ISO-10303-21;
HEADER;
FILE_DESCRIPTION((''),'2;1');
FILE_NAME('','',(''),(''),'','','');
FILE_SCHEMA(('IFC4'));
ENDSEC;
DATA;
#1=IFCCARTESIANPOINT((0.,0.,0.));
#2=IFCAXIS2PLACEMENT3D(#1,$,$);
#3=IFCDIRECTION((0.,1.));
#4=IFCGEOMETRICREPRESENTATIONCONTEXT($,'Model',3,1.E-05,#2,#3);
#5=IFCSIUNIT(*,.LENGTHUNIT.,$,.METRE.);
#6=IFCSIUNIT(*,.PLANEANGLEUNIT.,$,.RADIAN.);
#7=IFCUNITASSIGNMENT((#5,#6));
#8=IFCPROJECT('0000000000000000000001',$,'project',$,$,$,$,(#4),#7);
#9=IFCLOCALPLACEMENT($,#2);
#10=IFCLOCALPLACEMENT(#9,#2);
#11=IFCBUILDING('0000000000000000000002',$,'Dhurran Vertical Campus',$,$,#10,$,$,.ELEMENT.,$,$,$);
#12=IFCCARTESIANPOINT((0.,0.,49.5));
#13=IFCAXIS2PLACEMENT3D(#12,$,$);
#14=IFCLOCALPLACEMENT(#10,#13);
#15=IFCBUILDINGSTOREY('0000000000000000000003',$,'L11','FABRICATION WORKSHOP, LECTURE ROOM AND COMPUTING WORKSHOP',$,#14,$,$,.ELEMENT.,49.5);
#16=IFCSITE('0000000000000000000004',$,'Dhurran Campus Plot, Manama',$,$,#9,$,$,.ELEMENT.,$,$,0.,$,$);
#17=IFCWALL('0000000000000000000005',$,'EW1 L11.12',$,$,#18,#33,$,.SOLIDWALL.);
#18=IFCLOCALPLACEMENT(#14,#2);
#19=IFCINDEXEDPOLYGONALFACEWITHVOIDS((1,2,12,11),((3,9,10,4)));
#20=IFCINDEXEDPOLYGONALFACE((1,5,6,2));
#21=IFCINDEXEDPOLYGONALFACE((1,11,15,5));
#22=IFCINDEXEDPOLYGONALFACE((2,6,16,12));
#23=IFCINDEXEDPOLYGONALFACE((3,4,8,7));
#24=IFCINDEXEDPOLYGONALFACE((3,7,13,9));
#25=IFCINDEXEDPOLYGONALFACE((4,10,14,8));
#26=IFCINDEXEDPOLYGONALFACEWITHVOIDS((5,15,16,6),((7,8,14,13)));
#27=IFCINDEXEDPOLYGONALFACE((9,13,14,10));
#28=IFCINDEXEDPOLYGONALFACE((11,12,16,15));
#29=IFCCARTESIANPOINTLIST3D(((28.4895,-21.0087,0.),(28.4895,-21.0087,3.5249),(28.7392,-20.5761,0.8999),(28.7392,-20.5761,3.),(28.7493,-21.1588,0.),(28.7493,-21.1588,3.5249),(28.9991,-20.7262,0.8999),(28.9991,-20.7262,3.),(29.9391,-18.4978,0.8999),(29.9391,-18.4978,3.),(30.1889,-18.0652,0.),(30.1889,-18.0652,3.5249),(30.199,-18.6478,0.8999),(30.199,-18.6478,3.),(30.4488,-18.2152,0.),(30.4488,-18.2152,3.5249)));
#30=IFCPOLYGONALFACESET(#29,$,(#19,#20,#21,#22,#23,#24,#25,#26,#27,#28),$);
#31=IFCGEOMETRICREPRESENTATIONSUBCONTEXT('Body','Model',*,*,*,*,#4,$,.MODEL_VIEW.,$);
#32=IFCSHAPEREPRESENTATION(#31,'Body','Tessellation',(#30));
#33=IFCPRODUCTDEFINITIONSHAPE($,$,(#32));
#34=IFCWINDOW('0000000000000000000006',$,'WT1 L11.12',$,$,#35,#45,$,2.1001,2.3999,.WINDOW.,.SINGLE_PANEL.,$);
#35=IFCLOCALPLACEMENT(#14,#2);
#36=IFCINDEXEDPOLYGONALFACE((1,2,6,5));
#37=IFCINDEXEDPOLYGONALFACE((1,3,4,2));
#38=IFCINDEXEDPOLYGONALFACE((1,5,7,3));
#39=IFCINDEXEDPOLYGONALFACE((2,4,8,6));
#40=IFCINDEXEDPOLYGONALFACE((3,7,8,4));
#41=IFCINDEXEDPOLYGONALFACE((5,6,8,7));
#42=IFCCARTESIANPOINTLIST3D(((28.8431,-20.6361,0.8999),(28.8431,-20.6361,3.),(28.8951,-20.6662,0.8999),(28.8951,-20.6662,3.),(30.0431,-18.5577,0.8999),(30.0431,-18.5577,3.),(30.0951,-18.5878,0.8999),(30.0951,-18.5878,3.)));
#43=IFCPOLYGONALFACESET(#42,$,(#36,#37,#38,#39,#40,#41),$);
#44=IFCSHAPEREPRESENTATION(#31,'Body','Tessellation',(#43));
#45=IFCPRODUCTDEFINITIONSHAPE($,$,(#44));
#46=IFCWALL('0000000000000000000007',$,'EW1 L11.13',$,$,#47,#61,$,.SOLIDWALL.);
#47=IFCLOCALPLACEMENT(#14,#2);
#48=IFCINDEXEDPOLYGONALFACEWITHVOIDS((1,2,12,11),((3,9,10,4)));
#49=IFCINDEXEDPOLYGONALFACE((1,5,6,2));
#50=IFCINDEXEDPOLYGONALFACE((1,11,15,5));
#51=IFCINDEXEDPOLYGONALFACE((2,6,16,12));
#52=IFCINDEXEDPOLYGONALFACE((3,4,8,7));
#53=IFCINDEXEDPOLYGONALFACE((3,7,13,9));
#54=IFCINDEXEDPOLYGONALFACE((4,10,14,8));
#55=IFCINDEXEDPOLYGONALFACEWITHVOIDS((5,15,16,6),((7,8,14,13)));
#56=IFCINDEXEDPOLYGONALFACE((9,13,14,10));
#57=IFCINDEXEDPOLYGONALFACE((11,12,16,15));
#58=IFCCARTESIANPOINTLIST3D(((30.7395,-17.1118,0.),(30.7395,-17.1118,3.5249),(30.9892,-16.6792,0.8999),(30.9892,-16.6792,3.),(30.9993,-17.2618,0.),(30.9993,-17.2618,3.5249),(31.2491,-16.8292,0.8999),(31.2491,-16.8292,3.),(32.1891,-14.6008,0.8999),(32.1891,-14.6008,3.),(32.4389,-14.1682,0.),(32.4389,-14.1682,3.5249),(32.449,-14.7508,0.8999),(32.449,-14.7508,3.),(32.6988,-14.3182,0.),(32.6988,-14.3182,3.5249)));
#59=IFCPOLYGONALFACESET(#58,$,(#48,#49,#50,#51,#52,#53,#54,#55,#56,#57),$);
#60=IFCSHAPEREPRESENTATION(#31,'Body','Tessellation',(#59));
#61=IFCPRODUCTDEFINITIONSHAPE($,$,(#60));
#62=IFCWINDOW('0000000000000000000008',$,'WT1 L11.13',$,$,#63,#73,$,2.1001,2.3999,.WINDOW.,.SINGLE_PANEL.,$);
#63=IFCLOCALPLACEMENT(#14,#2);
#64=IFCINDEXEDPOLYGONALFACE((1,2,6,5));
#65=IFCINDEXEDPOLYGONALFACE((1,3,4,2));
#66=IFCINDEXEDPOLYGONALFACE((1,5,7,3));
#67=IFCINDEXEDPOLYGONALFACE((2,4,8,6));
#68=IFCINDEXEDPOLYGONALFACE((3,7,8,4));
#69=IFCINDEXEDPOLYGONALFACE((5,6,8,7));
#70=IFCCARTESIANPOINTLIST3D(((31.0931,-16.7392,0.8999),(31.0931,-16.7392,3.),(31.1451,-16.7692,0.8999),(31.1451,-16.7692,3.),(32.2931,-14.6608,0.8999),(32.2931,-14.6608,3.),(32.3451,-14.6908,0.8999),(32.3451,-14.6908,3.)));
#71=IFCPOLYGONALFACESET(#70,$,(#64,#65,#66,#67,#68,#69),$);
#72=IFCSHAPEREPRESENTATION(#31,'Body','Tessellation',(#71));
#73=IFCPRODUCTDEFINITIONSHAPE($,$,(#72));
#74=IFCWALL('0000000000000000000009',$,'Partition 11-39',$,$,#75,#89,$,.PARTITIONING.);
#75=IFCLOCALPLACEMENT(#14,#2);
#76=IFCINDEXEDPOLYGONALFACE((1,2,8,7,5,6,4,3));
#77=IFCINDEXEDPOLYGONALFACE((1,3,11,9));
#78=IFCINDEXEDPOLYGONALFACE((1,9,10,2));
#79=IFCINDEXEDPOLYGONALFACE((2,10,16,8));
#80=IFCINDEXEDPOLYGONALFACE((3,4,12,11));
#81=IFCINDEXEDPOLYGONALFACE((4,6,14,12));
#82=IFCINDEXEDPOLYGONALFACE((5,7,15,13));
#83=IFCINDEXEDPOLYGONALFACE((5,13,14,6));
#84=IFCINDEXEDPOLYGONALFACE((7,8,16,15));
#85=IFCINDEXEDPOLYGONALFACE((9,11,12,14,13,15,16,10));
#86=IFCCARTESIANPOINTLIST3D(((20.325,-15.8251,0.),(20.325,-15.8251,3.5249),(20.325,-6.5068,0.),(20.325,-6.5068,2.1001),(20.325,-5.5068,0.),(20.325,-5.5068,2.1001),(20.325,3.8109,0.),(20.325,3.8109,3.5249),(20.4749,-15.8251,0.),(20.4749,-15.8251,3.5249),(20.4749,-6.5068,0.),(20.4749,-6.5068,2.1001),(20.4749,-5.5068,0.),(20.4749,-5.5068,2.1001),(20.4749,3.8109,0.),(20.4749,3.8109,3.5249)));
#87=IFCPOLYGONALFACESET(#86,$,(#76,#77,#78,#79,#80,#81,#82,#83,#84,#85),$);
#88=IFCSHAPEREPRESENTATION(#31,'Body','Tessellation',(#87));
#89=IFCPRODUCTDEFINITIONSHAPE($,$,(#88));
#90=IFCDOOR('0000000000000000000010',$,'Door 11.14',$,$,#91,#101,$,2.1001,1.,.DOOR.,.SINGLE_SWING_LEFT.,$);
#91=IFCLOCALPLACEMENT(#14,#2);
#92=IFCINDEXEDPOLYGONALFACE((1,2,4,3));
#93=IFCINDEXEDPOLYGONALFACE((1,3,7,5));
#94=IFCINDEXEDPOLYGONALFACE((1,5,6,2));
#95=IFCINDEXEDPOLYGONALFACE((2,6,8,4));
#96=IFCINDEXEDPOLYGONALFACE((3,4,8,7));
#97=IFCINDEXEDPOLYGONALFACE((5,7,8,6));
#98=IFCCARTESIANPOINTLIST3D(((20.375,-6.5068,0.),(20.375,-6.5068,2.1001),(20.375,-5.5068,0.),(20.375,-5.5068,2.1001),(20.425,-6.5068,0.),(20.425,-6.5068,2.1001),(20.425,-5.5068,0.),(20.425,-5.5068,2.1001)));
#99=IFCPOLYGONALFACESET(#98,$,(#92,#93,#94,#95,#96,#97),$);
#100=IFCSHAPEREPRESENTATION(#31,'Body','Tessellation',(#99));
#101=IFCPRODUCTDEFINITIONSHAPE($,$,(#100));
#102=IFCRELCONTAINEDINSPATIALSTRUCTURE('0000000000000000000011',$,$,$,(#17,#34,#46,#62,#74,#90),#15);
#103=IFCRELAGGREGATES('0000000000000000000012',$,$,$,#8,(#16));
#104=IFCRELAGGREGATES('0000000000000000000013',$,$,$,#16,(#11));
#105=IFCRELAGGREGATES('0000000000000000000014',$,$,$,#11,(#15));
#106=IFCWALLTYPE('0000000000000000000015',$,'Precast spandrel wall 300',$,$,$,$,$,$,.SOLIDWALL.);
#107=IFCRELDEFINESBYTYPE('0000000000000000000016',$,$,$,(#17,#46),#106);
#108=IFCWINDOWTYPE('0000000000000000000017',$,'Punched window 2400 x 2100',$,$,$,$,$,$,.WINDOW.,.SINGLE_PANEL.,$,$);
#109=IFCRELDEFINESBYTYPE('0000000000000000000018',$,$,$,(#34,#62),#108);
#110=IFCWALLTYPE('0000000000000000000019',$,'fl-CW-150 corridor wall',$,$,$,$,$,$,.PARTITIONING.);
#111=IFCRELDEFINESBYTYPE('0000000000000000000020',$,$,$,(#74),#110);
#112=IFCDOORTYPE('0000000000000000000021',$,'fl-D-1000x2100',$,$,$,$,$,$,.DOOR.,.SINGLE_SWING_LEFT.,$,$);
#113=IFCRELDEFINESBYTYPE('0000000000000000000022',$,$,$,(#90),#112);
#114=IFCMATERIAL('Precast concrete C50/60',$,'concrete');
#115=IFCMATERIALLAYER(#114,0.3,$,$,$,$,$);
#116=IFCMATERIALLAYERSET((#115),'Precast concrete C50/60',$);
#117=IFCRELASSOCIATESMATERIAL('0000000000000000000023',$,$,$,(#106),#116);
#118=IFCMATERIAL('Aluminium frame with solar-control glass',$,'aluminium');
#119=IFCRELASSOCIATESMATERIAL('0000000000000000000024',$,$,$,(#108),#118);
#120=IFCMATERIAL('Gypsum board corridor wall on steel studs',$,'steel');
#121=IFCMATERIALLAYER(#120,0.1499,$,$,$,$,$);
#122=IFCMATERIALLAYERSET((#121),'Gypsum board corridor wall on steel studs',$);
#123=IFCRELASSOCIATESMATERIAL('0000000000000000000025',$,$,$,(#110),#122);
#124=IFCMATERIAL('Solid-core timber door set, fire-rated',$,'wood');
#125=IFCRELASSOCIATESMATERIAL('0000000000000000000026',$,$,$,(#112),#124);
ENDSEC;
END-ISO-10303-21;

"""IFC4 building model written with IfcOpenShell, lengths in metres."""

from ifc_helpers import new_model, si_unit, direction, frame, frame_2d, origin, place, context, subcontext, project, spatial, rectangle, extrude, material, layer, layer_set, type_object, element, fill, save


model = new_model("IFC4")

# Units and contexts
model_context = context("Model", 3, precision=1e-05, world=origin(), true_north=direction((0.0, 1.0)))
body_context = subcontext(model_context, "Body", "Model", "MODEL_VIEW")
ifc_project = project(units=[si_unit("LENGTHUNIT", "METRE"), si_unit("PLANEANGLEUNIT", "RADIAN")], contexts=[model_context])

# Site, building, storey
site_placement = place(None, origin())
site = spatial("IfcSite", under=ifc_project, at=site_placement, Name="Dhurran Campus Plot, Manama", CompositionType="ELEMENT", RefElevation=0.0)
building_placement = place(site_placement, origin())
building = spatial("IfcBuilding", under=site, at=building_placement, Name="Dhurran Vertical Campus", CompositionType="ELEMENT")
storey_placement = place(building_placement, frame((0.0, 0.0, 49.5)))
storey = spatial("IfcBuildingStorey", under=building, at=storey_placement, Name="L11", Description="FABRICATION WORKSHOP, LECTURE ROOM AND COMPUTING WORKSHOP", CompositionType="ELEMENT", Elevation=49.5)

# Walls, openings, windows
ifc_material_1 = material(Name="Precast concrete C50/60", Category="concrete")
ifc_layer_1 = layer(ifc_material_1, 0.3)
ifc_layer_set_1 = layer_set([ifc_layer_1], Name="Precast concrete C50/60")
wall_type_1 = type_object("IfcWallType", Name="Precast spandrel wall 300", PredefinedType="SOLIDWALL", material=ifc_layer_set_1)
ifc_material_2 = material(Name="Aluminium frame with solar-control glass", Category="aluminium")
window_type = type_object("IfcWindowType", Name="Punched window 2400 x 2100", PartitioningType="SINGLE_PANEL", PredefinedType="WINDOW", material=ifc_material_2)
wall_1_placement = place(storey_placement, frame((28.6194, -21.0837, 0.0), z_axis=(0.0, 0.0, 1.0), x_axis=(0.499994, 0.866029, 0.0)))
wall_1 = element("IfcWall", 1, at=wall_1_placement, inside=storey, type_object=wall_type_1, Name="EW1 L11.12", PredefinedType="SOLIDWALL", context=body_context, shape_type="SweptSolid", body=[
    extrude(rectangle(XDim=3.3989, YDim=0.3, at=frame_2d((1.6995, 0.0))), origin(), (0.0, 0.0, 1.0), 3.5249),
])
opening_1_placement = place(wall_1_placement, frame((0.4995, 0.0, 0.8999)))
opening_1 = element("IfcOpeningElement", 2, at=opening_1_placement, cuts=wall_1, PredefinedType="OPENING", context=body_context, shape_type="SweptSolid", body=[
    extrude(rectangle(XDim=2.3999, YDim=2.1001, at=frame_2d((1.2, 1.05))), frame((0.0, 0.1599, 0.0), z_axis=(0.0, -1.0, 0.0), x_axis=(1.0, 0.0, 0.0)), (0.0, 0.0, 1.0), 0.3201),
])
window_1_placement = place(opening_1_placement, origin())
window_1 = element("IfcWindow", 3, at=window_1_placement, inside=storey, type_object=window_type, Name="WT1 L11.12", OverallHeight=2.1001, OverallWidth=2.3999, PartitioningType="SINGLE_PANEL", PredefinedType="WINDOW", context=body_context, shape_type="SweptSolid", body=[
    extrude(rectangle(XDim=2.3999, YDim=2.1001, at=frame_2d((1.2, 1.05))), frame((0.0, 0.03, 0.0), z_axis=(0.0, -1.0, 0.0), x_axis=(1.0, 0.0, 0.0)), (0.0, 0.0, 1.0), 0.0601),
])
fill(opening_1, window_1)
wall_2_placement = place(storey_placement, frame((30.8694, -17.1868, 0.0), z_axis=(0.0, 0.0, 1.0), x_axis=(0.499994, 0.866029, 0.0)))
wall_2 = element("IfcWall", 4, at=wall_2_placement, inside=storey, type_object=wall_type_1, Name="EW1 L11.13", PredefinedType="SOLIDWALL", context=body_context, shape_type="SweptSolid", body=[
    extrude(rectangle(XDim=3.3989, YDim=0.3, at=frame_2d((1.6995, 0.0))), origin(), (0.0, 0.0, 1.0), 3.5249),
])
opening_2_placement = place(wall_2_placement, frame((0.4995, 0.0, 0.8999)))
opening_2 = element("IfcOpeningElement", 5, at=opening_2_placement, cuts=wall_2, PredefinedType="OPENING", context=body_context, shape_type="SweptSolid", body=[
    extrude(rectangle(XDim=2.3999, YDim=2.1001, at=frame_2d((1.2, 1.05))), frame((0.0, 0.1599, 0.0), z_axis=(0.0, -1.0, 0.0), x_axis=(1.0, 0.0, 0.0)), (0.0, 0.0, 1.0), 0.3201),
])
window_2_placement = place(opening_2_placement, origin())
window_2 = element("IfcWindow", 6, at=window_2_placement, inside=storey, type_object=window_type, Name="WT1 L11.13", OverallHeight=2.1001, OverallWidth=2.3999, PartitioningType="SINGLE_PANEL", PredefinedType="WINDOW", context=body_context, shape_type="SweptSolid", body=[
    extrude(rectangle(XDim=2.3999, YDim=2.1001, at=frame_2d((1.2, 1.05))), frame((0.0, 0.03, 0.0), z_axis=(0.0, -1.0, 0.0), x_axis=(1.0, 0.0, 0.0)), (0.0, 0.0, 1.0), 0.0601),
])
fill(opening_2, window_2)

# Wall, opening, door
ifc_material_3 = material(Name="Gypsum board corridor wall on steel studs", Category="steel")
ifc_layer_2 = layer(ifc_material_3, 0.1499)
ifc_layer_set_2 = layer_set([ifc_layer_2], Name="Gypsum board corridor wall on steel studs")
wall_type_2 = type_object("IfcWallType", Name="fl-CW-150 corridor wall", PredefinedType="PARTITIONING", material=ifc_layer_set_2)
wall_3_placement = place(storey_placement, frame((20.3999, -15.825, 0.0), z_axis=(0.0, 0.0, 1.0), x_axis=(0.0, 1.0, 0.0)))
wall_3 = element("IfcWall", 7, at=wall_3_placement, inside=storey, type_object=wall_type_2, Name="Partition 11-39", PredefinedType="PARTITIONING", context=body_context, shape_type="SweptSolid", body=[
    extrude(rectangle(XDim=19.636, YDim=0.1499, at=frame_2d((9.8179, 0.0))), origin(), (0.0, 0.0, 1.0), 3.5249),
])
opening_3_placement = place(wall_3_placement, frame((9.3181, 0.0, 0.0)))
opening_3 = element("IfcOpeningElement", 8, at=opening_3_placement, cuts=wall_3, PredefinedType="OPENING", context=body_context, shape_type="SweptSolid", body=[
    extrude(rectangle(XDim=1.0, YDim=2.1001, at=frame_2d((0.5, 1.05))), frame((0.0, 0.085, 0.0), z_axis=(0.0, -1.0, 0.0), x_axis=(1.0, 0.0, 0.0)), (0.0, 0.0, 1.0), 0.1699),
])
ifc_material_4 = material(Name="Solid-core timber door set, fire-rated", Category="wood")
door_type = type_object("IfcDoorType", Name="fl-D-1000x2100", OperationType="SINGLE_SWING_LEFT", PredefinedType="DOOR", material=ifc_material_4)
door_placement = place(opening_3_placement, origin())
door = element("IfcDoor", 9, at=door_placement, inside=storey, type_object=door_type, Name="Door 11.14", OperationType="SINGLE_SWING_LEFT", OverallHeight=2.1001, OverallWidth=1.0, PredefinedType="DOOR", context=body_context, shape_type="SweptSolid", body=[
    extrude(rectangle(XDim=1.0, YDim=2.1001, at=frame_2d((0.5, 1.05))), frame((0.0, 0.0249, 0.0), z_axis=(0.0, -1.0, 0.0), x_axis=(1.0, 0.0, 0.0)), (0.0, 0.0, 1.0), 0.05),
])
fill(opening_3, door)

save(model, "model.ifc")
